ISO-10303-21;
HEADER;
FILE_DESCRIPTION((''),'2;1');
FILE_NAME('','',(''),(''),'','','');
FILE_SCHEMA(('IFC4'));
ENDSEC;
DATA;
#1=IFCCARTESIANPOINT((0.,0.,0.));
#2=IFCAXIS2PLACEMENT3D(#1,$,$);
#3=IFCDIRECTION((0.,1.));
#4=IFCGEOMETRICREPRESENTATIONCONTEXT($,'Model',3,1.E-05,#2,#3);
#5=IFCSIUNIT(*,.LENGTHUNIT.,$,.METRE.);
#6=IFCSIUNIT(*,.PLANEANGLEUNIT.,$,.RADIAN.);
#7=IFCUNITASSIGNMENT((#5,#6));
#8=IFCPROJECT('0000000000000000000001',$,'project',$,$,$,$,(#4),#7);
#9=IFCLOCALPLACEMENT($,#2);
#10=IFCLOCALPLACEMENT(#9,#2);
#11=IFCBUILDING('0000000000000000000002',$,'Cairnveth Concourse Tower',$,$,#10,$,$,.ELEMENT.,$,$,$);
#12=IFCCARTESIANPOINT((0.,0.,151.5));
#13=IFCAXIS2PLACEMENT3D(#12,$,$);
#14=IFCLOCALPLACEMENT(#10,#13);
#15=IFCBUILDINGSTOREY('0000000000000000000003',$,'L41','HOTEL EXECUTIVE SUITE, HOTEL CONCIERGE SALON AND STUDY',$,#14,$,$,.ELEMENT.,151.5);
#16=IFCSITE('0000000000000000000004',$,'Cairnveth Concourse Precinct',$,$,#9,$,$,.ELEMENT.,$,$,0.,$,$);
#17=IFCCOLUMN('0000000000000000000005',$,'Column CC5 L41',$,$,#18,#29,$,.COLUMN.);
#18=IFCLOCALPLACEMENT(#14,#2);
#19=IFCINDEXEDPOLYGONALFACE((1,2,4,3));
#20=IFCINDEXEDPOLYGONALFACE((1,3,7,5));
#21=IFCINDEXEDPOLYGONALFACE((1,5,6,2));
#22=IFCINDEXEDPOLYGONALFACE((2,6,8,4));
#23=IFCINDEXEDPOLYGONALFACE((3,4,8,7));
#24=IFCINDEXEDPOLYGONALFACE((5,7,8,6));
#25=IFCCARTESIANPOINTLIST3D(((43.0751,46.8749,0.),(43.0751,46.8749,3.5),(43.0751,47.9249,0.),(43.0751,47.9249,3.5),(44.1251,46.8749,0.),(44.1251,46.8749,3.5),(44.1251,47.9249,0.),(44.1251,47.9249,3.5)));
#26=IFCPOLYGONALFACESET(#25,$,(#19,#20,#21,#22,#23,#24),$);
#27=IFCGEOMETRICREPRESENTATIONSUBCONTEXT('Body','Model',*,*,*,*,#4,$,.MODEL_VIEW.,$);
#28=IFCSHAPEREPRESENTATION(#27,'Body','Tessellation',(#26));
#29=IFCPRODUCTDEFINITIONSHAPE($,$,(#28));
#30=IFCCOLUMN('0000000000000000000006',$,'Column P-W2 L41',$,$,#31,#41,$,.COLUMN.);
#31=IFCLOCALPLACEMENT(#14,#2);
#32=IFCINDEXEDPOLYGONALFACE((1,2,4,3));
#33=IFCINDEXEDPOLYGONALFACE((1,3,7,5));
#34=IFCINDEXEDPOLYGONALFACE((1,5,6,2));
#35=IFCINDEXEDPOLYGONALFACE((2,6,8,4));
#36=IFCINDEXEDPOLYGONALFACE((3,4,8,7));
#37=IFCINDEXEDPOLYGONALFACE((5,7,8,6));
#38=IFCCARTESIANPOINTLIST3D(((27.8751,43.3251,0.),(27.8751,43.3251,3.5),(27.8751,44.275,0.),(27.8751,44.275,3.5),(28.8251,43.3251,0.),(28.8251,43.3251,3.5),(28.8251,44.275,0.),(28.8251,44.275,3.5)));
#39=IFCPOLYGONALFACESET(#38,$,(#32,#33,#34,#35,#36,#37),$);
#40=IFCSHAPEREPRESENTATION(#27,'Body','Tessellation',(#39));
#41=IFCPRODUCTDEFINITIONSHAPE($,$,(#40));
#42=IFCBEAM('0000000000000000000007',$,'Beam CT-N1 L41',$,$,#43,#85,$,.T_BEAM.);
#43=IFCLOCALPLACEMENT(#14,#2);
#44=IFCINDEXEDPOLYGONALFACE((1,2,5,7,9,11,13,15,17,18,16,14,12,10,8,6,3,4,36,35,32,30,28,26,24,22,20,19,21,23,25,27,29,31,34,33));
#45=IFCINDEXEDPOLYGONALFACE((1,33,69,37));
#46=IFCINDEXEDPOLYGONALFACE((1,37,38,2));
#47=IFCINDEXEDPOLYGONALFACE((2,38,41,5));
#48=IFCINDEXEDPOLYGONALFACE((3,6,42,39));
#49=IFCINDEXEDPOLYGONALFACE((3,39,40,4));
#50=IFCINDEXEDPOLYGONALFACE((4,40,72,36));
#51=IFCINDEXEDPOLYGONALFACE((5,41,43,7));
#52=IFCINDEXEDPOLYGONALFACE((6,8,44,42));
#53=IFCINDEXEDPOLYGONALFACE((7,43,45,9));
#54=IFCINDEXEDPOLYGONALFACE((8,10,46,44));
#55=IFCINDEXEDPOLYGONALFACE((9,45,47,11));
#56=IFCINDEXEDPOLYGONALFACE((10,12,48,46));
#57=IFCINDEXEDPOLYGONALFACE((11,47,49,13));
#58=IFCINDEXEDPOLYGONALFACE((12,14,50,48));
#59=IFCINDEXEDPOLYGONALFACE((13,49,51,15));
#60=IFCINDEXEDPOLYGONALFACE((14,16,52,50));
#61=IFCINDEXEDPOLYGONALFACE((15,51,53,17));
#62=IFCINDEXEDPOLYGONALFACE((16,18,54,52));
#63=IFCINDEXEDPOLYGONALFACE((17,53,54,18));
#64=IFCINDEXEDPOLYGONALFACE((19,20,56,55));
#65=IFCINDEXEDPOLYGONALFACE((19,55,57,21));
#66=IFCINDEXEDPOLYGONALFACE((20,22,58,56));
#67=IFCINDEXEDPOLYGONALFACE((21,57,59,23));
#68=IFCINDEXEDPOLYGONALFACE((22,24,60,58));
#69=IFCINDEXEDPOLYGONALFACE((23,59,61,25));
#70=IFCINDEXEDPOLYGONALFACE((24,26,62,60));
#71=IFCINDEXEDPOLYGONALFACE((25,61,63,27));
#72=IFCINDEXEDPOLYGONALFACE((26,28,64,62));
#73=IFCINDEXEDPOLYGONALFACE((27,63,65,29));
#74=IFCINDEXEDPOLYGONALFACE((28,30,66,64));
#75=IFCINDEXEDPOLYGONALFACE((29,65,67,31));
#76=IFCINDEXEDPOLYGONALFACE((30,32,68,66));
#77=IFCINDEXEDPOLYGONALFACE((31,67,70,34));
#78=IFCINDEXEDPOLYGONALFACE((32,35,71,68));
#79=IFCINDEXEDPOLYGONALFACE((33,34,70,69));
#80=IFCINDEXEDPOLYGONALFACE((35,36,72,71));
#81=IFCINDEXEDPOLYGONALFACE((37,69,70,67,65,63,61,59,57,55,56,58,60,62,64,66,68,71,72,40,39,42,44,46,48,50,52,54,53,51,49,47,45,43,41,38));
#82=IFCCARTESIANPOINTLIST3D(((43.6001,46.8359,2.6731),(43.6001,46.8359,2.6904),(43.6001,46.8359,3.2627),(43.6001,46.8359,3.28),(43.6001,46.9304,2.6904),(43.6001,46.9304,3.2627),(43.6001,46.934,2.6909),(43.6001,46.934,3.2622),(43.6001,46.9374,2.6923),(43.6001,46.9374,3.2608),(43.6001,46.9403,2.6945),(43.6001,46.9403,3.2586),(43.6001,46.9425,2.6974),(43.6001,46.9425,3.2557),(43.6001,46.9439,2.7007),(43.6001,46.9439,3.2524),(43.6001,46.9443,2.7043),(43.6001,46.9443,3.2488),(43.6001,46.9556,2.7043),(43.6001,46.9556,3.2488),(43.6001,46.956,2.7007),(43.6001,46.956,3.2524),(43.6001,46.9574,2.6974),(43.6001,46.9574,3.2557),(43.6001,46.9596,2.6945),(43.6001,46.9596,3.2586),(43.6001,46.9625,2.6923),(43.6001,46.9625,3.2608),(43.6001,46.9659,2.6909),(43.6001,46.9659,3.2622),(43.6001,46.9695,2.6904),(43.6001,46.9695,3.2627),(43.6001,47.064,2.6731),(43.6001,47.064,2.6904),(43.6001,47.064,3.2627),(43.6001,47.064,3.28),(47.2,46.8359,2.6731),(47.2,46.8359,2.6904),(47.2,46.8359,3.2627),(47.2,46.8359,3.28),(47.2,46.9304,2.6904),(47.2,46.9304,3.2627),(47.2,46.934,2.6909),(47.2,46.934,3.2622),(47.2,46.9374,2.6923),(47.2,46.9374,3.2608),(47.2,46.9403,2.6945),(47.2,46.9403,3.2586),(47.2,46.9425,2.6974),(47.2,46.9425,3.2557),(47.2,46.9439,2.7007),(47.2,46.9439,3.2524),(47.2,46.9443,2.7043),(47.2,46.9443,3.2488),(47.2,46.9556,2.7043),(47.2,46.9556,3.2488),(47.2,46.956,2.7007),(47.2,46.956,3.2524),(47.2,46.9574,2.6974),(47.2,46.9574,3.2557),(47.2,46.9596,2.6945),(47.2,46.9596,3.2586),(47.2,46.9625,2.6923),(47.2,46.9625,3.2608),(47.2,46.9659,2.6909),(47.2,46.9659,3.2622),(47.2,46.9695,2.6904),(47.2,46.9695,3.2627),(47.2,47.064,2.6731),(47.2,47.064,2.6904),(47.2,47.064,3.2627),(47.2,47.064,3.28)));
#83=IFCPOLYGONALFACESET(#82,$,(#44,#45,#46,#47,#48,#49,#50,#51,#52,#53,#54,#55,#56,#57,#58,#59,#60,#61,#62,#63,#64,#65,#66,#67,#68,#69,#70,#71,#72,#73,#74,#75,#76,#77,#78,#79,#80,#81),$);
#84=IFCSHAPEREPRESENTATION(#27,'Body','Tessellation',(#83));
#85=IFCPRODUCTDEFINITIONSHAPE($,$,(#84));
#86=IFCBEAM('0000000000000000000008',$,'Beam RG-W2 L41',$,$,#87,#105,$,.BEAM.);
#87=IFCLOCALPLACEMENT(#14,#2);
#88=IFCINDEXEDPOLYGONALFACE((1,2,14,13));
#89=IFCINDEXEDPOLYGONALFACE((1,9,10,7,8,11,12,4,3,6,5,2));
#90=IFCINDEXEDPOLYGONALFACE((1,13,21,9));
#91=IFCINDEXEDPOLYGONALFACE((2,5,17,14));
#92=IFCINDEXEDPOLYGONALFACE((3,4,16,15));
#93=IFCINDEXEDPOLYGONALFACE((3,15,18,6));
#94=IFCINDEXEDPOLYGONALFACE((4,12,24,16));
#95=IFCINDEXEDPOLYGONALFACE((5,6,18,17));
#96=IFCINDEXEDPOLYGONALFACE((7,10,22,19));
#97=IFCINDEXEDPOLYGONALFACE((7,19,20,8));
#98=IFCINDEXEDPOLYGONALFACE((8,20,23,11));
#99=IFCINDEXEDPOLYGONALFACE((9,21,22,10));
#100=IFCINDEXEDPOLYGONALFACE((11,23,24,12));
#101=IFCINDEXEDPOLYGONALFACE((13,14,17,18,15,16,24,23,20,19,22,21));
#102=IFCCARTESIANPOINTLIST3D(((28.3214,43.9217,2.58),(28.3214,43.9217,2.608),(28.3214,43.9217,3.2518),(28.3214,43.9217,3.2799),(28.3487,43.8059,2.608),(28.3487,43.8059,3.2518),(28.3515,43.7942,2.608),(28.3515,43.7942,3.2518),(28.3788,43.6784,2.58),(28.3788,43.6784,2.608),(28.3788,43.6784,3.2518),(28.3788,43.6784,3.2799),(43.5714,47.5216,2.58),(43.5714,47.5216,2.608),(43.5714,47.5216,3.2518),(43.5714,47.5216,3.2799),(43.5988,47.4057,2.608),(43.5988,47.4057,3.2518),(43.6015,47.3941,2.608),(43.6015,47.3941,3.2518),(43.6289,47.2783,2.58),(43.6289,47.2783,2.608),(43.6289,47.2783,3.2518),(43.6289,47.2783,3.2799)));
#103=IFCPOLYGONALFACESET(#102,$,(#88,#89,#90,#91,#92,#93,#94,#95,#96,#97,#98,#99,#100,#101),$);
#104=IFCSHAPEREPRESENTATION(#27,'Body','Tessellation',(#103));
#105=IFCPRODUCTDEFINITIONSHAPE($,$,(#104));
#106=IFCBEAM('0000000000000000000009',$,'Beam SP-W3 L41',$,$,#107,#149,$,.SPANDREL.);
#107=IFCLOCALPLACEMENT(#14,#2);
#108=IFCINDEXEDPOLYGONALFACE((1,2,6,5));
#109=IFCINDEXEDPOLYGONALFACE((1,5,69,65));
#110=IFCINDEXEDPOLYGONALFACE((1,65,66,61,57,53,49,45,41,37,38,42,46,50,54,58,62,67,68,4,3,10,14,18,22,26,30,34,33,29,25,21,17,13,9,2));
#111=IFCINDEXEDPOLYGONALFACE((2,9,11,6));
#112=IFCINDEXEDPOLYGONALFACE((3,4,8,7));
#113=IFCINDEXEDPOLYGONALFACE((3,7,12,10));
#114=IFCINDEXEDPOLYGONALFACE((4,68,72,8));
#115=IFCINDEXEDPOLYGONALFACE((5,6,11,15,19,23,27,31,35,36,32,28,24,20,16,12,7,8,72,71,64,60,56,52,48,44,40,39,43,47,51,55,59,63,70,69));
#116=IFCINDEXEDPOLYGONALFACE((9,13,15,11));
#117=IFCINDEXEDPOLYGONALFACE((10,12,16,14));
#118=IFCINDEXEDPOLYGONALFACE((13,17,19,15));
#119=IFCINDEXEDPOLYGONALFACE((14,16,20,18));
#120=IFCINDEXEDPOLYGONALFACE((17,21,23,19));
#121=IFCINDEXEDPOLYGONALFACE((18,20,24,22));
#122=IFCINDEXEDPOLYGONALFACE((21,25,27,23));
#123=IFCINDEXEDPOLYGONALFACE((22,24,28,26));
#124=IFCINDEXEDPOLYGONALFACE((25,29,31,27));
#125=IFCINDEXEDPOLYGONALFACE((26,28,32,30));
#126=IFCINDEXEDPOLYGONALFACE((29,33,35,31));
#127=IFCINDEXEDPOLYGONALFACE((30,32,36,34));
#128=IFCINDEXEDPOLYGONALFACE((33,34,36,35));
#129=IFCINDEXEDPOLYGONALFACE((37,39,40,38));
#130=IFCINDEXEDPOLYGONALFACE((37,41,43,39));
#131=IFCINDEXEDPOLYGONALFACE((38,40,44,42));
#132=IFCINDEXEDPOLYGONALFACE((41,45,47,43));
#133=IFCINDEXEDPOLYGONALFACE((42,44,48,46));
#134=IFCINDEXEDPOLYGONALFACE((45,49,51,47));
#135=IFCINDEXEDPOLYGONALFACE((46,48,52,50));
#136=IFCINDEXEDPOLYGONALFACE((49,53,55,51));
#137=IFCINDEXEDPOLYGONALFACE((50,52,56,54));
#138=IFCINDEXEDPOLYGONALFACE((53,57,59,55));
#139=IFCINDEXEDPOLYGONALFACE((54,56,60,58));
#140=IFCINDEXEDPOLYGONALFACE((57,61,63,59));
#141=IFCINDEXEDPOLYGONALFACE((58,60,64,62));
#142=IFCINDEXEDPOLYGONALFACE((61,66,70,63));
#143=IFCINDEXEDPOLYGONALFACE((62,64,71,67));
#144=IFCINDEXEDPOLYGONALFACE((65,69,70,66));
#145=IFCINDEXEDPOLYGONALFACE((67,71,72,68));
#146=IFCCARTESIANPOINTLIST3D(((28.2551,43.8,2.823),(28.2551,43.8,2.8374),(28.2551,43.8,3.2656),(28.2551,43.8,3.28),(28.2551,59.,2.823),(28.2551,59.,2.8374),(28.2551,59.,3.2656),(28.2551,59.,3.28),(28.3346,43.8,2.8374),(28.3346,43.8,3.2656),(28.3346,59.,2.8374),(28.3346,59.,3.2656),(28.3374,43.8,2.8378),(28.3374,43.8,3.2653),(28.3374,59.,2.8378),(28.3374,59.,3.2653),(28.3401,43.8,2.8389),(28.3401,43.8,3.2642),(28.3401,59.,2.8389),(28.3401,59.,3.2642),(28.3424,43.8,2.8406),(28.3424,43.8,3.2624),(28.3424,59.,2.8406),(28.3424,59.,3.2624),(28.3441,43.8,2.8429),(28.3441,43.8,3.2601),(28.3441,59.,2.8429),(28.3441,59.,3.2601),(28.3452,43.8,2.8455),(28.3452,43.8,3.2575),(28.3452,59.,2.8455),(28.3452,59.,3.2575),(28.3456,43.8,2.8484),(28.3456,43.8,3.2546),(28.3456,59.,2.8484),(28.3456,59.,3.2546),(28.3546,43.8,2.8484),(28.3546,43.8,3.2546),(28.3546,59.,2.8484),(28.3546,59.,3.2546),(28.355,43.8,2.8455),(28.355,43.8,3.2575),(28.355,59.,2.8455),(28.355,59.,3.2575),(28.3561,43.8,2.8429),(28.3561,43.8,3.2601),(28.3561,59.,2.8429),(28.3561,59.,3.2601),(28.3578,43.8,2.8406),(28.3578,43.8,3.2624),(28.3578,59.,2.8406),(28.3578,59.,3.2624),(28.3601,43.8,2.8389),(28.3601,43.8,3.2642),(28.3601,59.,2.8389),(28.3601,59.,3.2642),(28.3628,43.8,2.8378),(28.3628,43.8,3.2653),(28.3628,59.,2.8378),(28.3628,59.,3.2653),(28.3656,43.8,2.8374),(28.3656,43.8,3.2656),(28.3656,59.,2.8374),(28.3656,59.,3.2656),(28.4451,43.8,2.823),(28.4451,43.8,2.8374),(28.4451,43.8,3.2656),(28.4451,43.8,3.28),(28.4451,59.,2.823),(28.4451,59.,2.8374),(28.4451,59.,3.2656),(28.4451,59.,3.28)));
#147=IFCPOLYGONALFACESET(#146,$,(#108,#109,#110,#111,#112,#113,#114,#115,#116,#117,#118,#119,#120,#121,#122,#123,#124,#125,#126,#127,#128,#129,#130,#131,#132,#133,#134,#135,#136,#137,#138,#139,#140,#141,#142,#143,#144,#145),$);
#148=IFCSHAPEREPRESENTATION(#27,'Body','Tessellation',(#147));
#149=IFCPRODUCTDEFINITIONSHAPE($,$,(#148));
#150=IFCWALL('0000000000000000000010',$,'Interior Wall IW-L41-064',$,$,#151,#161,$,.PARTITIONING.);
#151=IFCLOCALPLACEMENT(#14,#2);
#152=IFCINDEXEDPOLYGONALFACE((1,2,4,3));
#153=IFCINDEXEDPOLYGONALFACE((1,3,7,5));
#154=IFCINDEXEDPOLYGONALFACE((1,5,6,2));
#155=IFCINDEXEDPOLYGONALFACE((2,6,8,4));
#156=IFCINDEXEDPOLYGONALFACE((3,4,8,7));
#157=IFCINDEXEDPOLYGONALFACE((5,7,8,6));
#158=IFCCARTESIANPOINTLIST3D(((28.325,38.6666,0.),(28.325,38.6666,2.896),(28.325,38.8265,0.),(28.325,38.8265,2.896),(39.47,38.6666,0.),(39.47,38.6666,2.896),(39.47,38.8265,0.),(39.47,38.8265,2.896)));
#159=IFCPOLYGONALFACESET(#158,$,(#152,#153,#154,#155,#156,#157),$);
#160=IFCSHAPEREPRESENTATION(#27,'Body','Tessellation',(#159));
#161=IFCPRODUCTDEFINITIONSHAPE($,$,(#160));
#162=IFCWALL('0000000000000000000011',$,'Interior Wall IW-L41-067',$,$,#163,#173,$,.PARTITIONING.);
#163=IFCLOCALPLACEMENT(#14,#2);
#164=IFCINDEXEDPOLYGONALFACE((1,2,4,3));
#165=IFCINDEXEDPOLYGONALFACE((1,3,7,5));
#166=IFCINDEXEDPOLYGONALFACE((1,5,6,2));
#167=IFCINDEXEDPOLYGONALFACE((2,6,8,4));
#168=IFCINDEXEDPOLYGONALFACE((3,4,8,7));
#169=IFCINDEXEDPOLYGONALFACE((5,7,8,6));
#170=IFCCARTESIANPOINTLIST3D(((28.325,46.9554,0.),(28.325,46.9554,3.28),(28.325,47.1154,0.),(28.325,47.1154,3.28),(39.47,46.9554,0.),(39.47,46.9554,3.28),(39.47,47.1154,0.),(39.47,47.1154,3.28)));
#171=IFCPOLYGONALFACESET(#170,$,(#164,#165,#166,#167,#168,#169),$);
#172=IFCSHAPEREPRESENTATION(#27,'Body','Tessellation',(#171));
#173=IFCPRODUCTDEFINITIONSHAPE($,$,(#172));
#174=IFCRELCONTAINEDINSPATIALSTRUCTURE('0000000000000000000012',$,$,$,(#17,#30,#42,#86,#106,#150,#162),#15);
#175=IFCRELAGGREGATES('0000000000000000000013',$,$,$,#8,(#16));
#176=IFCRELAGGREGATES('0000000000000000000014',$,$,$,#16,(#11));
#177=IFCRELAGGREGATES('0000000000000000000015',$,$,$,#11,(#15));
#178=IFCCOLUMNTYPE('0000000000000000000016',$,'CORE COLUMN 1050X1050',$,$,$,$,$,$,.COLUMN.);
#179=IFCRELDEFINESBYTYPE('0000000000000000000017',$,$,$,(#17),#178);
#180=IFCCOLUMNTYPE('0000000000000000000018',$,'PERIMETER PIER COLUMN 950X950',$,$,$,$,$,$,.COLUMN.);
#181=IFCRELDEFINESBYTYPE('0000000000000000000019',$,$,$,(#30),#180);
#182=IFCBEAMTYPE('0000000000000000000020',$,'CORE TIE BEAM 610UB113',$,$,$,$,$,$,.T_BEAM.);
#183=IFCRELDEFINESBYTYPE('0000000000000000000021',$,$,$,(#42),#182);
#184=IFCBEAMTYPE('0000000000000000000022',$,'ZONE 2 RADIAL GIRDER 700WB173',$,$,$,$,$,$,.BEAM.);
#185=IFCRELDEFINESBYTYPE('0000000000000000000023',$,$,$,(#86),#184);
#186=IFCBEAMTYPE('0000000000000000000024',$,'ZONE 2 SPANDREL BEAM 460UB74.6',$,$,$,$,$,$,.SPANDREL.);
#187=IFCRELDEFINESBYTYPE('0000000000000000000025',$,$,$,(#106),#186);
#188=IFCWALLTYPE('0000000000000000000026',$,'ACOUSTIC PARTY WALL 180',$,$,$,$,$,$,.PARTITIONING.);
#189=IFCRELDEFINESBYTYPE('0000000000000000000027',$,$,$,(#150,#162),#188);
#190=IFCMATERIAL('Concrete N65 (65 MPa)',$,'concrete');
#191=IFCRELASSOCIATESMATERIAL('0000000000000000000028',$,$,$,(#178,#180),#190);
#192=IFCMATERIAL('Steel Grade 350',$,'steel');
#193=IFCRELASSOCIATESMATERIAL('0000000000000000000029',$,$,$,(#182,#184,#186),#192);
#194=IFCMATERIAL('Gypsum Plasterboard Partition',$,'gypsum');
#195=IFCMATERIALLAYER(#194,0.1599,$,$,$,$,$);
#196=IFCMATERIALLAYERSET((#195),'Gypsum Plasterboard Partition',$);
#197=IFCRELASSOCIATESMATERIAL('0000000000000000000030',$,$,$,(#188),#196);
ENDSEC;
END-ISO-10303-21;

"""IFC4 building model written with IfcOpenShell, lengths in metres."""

from ifc_helpers import new_model, si_unit, direction, frame, frame_2d, origin, origin_2d, place, context, subcontext, project, spatial, rectangle, i_section, extrude, material, layer, layer_set, material_profile, profile_set, type_object, element, save


model = new_model("IFC4")

# Units and contexts
model_context = context("Model", 3, precision=1e-05, world=origin(), true_north=direction((0.0, 1.0)))
body_context = subcontext(model_context, "Body", "Model", "MODEL_VIEW")
ifc_project = project(units=[si_unit("LENGTHUNIT", "METRE"), si_unit("PLANEANGLEUNIT", "RADIAN")], contexts=[model_context])

# Site, building, storey
site_placement = place(None, origin())
site = spatial("IfcSite", under=ifc_project, at=site_placement, Name="Cairnveth Concourse Precinct", CompositionType="ELEMENT", RefElevation=0.0)
building_placement = place(site_placement, origin())
building = spatial("IfcBuilding", under=site, at=building_placement, Name="Cairnveth Concourse Tower", CompositionType="ELEMENT")
storey_placement = place(building_placement, frame((0.0, 0.0, 151.5)))
storey = spatial("IfcBuildingStorey", under=building, at=storey_placement, Name="L41", Description="HOTEL EXECUTIVE SUITE, HOTEL CONCIERGE SALON AND STUDY", CompositionType="ELEMENT", Elevation=151.5)

# Columns
ifc_material_1 = material(Name="Concrete N65 (65 MPa)", Category="concrete")
ifc_material_profile_1 = material_profile(ifc_material_1, rectangle(XDim=1.05, YDim=1.05, at=origin_2d()), Name="RC-COL-1050x1050")
ifc_profile_set_1 = profile_set([ifc_material_profile_1], Name="Concrete N65 (65 MPa)")
column_type_1 = type_object("IfcColumnType", Name="CORE COLUMN 1050X1050", PredefinedType="COLUMN", material=ifc_profile_set_1)
column_1_placement = place(storey_placement, frame((43.6001, 47.3999, 0.0), z_axis=(0.0, 0.0, 1.0), x_axis=(1.0, 0.0, 0.0)))
element("IfcColumn", 1, at=column_1_placement, inside=storey, type_object=column_type_1, Name="Column CC5 L41", PredefinedType="COLUMN", context=body_context, shape_type="SweptSolid", body=[
    extrude(rectangle(XDim=1.05, YDim=1.05, at=origin_2d()), origin(), (0.0, 0.0, 1.0), 3.5),
])
ifc_material_profile_2 = material_profile(ifc_material_1, rectangle(XDim=0.95, YDim=0.95, at=origin_2d()), Name="RC-COL-950x950")
ifc_profile_set_2 = profile_set([ifc_material_profile_2], Name="Concrete N65 (65 MPa)")
column_type_2 = type_object("IfcColumnType", Name="PERIMETER PIER COLUMN 950X950", PredefinedType="COLUMN", material=ifc_profile_set_2)
column_2_placement = place(storey_placement, frame((28.3501, 43.8, 0.0), z_axis=(0.0, 0.0, 1.0), x_axis=(0.0, 1.0, 0.0)))
element("IfcColumn", 2, at=column_2_placement, inside=storey, type_object=column_type_2, Name="Column P-W2 L41", PredefinedType="COLUMN", context=body_context, shape_type="SweptSolid", body=[
    extrude(rectangle(XDim=0.95, YDim=0.95, at=origin_2d()), origin(), (0.0, 0.0, 1.0), 3.5),
])

# Beams
ifc_material_2 = material(Name="Steel Grade 350", Category="steel")
ifc_material_profile_3 = material_profile(ifc_material_2, i_section(OverallWidth=0.228, OverallDepth=0.6069, WebThickness=0.0112, FlangeThickness=0.0173, FilletRadius=0.0139, at=origin_2d()), Name="610UB113")
ifc_profile_set_3 = profile_set([ifc_material_profile_3], Name="Steel Grade 350")
beam_type_1 = type_object("IfcBeamType", Name="CORE TIE BEAM 610UB113", PredefinedType="T_BEAM", material=ifc_profile_set_3)
beam_1_placement = place(storey_placement, frame((43.6001, 46.95, 2.9766), z_axis=(1.0, 0.0, 0.0), x_axis=(0.0, 1.0, 0.0)))
element("IfcBeam", 3, at=beam_1_placement, inside=storey, type_object=beam_type_1, Name="Beam CT-N1 L41", PredefinedType="T_BEAM", context=body_context, shape_type="SweptSolid", body=[
    extrude(i_section(OverallWidth=0.228, OverallDepth=0.6069, WebThickness=0.0112, FlangeThickness=0.0173, FilletRadius=0.0139, at=origin_2d()), origin(), (0.0, 0.0, 1.0), 3.5999),
])
ifc_material_profile_4 = material_profile(ifc_material_2, i_section(OverallWidth=0.25, OverallDepth=0.7, WebThickness=0.012, FlangeThickness=0.0281, at=origin_2d()), Name="700WB173")
ifc_profile_set_4 = profile_set([ifc_material_profile_4], Name="Steel Grade 350")
beam_type_2 = type_object("IfcBeamType", Name="ZONE 2 RADIAL GIRDER 700WB173", PredefinedType="BEAM", material=ifc_profile_set_4)
beam_2_placement = place(storey_placement, frame((28.3501, 43.8, 2.9299), z_axis=(0.973252, 0.229742, 0.0), x_axis=(-0.229742, 0.973252, 0.0)))
element("IfcBeam", 4, at=beam_2_placement, inside=storey, type_object=beam_type_2, Name="Beam RG-W2 L41", PredefinedType="BEAM", context=body_context, shape_type="SweptSolid", body=[
    extrude(i_section(OverallWidth=0.25, OverallDepth=0.7, WebThickness=0.012, FlangeThickness=0.0281, at=origin_2d()), origin(), (0.0, 0.0, 1.0), 15.6692),
])
ifc_material_profile_5 = material_profile(ifc_material_2, i_section(OverallWidth=0.1899, OverallDepth=0.457, WebThickness=0.009, FlangeThickness=0.0144, FilletRadius=0.011, at=origin_2d()), Name="460UB74.6")
ifc_profile_set_5 = profile_set([ifc_material_profile_5], Name="Steel Grade 350")
beam_type_3 = type_object("IfcBeamType", Name="ZONE 2 SPANDREL BEAM 460UB74.6", PredefinedType="SPANDREL", material=ifc_profile_set_5)
beam_3_placement = place(storey_placement, frame((28.3501, 43.8, 3.0515), z_axis=(0.0, 1.0, 0.0), x_axis=(-1.0, 0.0, 0.0)))
element("IfcBeam", 5, at=beam_3_placement, inside=storey, type_object=beam_type_3, Name="Beam SP-W3 L41", PredefinedType="SPANDREL", context=body_context, shape_type="SweptSolid", body=[
    extrude(i_section(OverallWidth=0.1899, OverallDepth=0.457, WebThickness=0.009, FlangeThickness=0.0144, FilletRadius=0.011, at=origin_2d()), origin(), (0.0, 0.0, 1.0), 15.2),
])

# Walls
ifc_material_3 = material(Name="Gypsum Plasterboard Partition", Category="gypsum")
ifc_layer_1 = layer(ifc_material_3, 0.1599)
ifc_layer_set_1 = layer_set([ifc_layer_1], Name="Gypsum Plasterboard Partition")
wall_type_1 = type_object("IfcWallType", Name="ACOUSTIC PARTY WALL 180", PredefinedType="PARTITIONING", material=ifc_layer_set_1)
wall_1_placement = place(storey_placement, frame((28.325, 38.7466, 0.0), z_axis=(0.0, 0.0, 1.0), x_axis=(1.0, 0.0, 0.0)))
element("IfcWall", 6, at=wall_1_placement, inside=storey, type_object=wall_type_1, Name="Interior Wall IW-L41-064", PredefinedType="PARTITIONING", context=body_context, shape_type="SweptSolid", body=[
    extrude(rectangle(XDim=11.145, YDim=0.1599, at=frame_2d((5.5725, 0.0))), origin(), (0.0, 0.0, 1.0), 2.896),
])
wall_2_placement = place(storey_placement, frame((28.325, 47.0354, 0.0), z_axis=(0.0, 0.0, 1.0), x_axis=(1.0, 0.0, 0.0)))
element("IfcWall", 7, at=wall_2_placement, inside=storey, type_object=wall_type_1, Name="Interior Wall IW-L41-067", PredefinedType="PARTITIONING", context=body_context, shape_type="SweptSolid", body=[
    extrude(rectangle(XDim=11.145, YDim=0.1599, at=frame_2d((5.5725, 0.0))), origin(), (0.0, 0.0, 1.0), 3.28),
])

save(model, "model.ifc")
